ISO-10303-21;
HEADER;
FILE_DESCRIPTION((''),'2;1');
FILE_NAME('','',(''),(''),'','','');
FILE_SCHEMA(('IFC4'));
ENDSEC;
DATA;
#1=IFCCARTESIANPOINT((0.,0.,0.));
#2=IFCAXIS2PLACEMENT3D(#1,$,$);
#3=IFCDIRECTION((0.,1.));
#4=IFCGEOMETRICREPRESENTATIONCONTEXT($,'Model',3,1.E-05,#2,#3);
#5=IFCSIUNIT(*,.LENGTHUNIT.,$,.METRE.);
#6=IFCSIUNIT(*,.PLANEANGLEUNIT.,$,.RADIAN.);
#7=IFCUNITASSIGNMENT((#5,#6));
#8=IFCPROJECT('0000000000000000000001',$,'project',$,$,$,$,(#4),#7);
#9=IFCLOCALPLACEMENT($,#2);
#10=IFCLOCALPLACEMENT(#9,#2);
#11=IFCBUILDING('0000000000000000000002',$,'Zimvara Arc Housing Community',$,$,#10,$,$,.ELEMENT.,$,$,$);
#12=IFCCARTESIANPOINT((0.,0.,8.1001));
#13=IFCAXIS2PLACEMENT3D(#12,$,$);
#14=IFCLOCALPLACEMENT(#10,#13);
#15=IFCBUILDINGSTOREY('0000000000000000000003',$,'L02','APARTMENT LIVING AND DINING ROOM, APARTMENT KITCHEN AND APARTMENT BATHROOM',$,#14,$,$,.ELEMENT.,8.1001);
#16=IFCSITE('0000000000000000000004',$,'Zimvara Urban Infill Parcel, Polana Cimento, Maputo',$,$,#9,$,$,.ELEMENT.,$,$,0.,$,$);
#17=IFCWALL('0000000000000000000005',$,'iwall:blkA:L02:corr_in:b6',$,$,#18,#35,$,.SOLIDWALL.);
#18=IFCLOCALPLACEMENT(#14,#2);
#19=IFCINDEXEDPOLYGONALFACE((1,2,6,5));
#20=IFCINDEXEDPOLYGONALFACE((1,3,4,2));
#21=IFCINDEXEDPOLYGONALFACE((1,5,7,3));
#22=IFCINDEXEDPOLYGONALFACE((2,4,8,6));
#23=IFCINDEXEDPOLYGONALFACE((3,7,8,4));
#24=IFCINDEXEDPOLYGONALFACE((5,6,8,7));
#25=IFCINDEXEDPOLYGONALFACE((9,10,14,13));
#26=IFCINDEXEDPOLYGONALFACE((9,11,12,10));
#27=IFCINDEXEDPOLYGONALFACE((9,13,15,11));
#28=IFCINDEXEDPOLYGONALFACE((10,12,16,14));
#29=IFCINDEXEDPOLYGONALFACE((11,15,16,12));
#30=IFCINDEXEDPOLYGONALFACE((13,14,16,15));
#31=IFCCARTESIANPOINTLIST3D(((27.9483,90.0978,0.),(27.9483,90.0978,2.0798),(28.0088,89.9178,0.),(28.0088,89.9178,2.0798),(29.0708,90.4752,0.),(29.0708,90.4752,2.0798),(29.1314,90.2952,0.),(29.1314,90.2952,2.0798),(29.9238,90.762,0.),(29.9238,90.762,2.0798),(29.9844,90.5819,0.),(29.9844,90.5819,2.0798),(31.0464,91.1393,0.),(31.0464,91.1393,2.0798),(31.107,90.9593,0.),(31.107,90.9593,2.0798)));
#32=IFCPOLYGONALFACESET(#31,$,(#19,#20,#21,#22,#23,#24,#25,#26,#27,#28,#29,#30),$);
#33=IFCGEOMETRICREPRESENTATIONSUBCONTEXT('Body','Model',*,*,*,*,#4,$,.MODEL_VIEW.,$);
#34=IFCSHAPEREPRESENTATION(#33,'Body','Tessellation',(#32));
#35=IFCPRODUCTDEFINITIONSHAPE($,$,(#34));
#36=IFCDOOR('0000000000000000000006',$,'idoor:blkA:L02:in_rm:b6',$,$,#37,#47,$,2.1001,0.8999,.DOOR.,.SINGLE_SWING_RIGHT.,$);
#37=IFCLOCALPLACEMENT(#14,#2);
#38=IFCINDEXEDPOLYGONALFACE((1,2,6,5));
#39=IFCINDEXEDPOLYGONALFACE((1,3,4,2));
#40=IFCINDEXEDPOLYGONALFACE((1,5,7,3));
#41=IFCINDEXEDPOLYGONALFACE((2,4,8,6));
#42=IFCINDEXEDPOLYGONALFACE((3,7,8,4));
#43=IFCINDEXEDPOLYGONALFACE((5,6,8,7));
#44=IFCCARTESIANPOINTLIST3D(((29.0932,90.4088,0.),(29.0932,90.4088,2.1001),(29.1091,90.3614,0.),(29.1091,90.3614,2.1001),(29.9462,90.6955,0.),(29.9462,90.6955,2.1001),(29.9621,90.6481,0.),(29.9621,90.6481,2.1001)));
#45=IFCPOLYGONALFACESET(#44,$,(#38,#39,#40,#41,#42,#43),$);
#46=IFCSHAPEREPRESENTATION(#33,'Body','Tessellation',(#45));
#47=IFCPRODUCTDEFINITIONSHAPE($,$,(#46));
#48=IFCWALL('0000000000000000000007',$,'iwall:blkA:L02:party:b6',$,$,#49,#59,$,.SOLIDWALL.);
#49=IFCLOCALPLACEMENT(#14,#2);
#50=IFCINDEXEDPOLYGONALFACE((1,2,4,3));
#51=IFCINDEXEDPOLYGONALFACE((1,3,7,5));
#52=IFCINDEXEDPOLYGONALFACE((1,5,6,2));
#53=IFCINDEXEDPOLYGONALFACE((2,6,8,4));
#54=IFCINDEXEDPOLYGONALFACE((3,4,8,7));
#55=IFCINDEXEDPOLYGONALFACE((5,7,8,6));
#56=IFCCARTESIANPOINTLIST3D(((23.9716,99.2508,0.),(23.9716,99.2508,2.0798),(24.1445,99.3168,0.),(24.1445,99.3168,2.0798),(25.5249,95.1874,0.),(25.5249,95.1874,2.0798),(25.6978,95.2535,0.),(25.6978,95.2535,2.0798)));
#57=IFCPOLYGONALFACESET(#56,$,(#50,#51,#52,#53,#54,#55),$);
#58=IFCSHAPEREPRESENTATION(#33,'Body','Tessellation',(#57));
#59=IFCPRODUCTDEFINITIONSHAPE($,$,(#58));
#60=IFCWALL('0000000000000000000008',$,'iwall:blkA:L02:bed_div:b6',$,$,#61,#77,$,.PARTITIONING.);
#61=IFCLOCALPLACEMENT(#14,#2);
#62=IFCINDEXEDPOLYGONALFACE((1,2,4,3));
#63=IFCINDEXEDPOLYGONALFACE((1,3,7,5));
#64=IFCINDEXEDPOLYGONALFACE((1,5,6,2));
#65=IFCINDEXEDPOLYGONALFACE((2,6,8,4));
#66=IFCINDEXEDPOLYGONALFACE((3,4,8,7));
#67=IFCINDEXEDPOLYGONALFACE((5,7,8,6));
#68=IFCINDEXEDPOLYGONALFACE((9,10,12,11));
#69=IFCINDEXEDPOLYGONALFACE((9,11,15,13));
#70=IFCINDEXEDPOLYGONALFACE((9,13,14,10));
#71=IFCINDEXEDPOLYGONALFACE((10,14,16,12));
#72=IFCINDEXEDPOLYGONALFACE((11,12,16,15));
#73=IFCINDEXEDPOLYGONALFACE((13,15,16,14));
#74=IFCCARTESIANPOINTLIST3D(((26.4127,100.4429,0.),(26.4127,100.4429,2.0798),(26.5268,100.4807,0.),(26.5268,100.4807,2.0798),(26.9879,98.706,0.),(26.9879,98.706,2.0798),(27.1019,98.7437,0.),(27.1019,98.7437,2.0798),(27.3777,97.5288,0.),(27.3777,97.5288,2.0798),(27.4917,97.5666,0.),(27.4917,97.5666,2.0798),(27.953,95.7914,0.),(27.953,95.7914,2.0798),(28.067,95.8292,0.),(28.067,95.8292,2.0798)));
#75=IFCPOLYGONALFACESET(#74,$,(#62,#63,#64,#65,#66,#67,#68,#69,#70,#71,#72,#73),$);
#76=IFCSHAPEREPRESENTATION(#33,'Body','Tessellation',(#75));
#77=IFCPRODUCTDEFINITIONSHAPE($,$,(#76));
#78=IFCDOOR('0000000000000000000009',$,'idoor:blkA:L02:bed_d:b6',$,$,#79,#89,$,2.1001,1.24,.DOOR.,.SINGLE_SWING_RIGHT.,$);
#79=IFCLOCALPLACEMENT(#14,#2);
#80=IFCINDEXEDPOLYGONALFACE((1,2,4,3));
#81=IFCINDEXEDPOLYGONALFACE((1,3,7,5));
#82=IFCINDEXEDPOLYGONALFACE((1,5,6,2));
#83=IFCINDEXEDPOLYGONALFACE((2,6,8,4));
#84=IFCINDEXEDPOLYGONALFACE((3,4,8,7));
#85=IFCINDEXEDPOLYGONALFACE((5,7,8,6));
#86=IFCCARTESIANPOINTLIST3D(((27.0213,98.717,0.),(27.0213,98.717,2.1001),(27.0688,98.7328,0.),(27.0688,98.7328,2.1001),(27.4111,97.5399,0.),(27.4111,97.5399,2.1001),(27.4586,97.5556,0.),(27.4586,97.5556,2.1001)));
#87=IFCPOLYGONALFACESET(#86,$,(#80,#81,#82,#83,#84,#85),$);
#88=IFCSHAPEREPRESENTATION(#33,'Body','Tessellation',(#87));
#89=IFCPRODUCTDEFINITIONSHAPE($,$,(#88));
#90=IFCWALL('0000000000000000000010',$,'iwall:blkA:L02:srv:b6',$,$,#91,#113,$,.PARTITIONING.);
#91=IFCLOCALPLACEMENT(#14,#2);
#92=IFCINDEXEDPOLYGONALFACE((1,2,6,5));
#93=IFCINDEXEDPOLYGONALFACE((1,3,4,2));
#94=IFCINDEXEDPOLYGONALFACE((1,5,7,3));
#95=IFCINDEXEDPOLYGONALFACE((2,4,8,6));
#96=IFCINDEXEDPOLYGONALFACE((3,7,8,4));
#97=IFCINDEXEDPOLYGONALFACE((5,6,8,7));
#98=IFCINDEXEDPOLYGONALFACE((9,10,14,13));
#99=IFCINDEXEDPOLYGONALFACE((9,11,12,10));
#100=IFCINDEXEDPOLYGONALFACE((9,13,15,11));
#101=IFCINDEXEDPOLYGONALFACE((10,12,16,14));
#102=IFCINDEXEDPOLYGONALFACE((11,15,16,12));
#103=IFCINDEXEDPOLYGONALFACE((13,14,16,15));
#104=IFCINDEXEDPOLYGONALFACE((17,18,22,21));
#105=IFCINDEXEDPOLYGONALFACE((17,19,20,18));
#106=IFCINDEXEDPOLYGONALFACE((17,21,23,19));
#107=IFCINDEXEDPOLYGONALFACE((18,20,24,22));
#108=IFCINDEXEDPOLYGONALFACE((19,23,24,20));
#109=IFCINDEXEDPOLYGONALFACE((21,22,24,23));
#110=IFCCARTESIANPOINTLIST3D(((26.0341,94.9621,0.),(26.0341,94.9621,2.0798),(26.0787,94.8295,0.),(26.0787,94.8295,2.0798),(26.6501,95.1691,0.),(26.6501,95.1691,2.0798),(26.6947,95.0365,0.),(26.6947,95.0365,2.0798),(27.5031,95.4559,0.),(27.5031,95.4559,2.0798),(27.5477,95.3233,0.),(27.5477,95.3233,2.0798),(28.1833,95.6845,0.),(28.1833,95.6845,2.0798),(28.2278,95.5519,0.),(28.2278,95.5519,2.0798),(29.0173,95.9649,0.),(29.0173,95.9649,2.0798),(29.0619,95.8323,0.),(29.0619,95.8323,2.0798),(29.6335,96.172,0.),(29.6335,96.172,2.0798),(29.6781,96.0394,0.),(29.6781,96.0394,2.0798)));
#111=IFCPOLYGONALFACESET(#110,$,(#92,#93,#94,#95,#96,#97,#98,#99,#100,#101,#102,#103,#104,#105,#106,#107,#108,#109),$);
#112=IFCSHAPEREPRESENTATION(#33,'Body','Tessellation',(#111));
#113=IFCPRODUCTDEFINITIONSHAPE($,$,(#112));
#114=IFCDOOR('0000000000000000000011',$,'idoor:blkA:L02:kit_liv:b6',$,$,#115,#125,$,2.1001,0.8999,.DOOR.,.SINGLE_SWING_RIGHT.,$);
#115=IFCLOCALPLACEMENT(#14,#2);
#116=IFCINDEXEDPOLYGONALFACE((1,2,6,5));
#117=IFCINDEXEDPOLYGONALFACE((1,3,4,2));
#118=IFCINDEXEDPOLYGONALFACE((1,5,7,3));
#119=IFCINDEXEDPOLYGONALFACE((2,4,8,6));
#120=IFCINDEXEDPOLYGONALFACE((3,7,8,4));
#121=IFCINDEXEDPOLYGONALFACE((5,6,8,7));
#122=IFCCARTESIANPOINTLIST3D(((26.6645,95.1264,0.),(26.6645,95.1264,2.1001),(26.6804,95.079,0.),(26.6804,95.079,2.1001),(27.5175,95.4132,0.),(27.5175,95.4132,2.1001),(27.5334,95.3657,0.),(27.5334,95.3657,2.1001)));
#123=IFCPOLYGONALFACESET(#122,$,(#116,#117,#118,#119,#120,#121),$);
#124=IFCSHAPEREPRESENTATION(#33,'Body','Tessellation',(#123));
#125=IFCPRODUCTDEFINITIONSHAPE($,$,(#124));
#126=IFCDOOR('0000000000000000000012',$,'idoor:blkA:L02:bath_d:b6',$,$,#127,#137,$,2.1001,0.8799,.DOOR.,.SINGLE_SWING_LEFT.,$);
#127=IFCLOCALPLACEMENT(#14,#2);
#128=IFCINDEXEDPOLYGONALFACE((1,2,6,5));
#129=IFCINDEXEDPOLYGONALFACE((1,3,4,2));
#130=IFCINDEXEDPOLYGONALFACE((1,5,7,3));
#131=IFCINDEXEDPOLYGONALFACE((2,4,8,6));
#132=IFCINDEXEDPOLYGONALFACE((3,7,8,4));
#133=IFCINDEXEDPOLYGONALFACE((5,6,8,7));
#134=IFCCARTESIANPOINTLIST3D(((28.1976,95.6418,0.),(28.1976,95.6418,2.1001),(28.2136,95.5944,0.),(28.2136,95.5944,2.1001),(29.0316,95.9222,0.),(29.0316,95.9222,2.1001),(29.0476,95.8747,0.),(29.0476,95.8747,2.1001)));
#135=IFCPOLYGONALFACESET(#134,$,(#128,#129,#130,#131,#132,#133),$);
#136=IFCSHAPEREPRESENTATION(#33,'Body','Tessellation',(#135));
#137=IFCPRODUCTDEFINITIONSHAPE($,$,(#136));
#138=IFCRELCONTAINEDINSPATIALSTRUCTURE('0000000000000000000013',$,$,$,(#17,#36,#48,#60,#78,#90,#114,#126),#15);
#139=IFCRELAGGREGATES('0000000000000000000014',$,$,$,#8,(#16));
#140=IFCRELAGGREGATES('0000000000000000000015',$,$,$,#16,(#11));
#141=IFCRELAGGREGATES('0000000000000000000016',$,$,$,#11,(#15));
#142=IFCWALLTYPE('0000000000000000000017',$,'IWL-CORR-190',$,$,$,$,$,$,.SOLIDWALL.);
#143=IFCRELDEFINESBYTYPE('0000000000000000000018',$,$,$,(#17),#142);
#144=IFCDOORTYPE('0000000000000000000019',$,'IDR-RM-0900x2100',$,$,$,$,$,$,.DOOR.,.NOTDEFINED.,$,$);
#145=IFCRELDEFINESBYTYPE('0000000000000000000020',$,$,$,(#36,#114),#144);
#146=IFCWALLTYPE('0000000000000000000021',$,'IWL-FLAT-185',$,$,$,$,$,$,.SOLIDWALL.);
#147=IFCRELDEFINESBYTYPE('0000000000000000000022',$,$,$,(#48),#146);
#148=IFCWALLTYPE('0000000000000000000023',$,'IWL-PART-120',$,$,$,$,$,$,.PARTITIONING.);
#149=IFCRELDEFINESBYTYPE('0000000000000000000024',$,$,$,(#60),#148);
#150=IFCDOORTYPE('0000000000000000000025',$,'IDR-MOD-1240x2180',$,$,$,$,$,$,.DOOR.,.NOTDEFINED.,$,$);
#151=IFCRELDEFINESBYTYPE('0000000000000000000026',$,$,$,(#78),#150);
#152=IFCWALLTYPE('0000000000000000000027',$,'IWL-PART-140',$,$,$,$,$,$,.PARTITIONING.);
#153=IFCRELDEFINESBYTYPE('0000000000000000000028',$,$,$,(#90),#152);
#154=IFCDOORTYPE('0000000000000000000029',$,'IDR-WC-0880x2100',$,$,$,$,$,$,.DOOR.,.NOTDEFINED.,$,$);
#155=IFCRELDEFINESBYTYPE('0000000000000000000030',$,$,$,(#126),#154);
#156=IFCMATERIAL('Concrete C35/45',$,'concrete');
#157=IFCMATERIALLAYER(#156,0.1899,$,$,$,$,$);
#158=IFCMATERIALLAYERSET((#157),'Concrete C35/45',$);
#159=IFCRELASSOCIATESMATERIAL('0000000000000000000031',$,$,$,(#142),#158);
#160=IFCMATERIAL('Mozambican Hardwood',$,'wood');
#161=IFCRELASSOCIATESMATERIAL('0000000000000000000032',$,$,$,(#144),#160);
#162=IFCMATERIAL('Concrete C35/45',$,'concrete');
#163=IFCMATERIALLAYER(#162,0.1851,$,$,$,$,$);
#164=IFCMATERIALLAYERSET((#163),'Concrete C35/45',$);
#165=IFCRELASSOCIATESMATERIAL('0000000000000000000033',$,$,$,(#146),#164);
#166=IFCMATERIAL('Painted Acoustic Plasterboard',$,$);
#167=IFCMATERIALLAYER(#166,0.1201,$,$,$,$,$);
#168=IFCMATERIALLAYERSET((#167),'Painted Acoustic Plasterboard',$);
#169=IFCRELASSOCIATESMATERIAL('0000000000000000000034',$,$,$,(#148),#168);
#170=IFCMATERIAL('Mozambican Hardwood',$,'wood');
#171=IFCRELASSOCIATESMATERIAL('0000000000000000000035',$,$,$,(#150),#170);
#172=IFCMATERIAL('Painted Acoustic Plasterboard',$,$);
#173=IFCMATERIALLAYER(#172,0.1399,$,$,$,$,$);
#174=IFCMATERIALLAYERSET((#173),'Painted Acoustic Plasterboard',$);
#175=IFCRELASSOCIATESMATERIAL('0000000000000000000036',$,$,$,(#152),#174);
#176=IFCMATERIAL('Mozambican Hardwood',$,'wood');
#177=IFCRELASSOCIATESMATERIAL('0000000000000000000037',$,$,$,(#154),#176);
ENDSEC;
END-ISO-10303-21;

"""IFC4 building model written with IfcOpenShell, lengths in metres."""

from ifc_helpers import new_model, si_unit, direction, frame, frame_2d, origin, place, context, subcontext, project, spatial, rectangle, extrude, material, layer, layer_set, type_object, element, fill, save


model = new_model("IFC4")

# Units and contexts
model_context = context("Model", 3, precision=1e-05, world=origin(), true_north=direction((0.0, 1.0)))
body_context = subcontext(model_context, "Body", "Model", "MODEL_VIEW")
ifc_project = project(units=[si_unit("LENGTHUNIT", "METRE"), si_unit("PLANEANGLEUNIT", "RADIAN")], contexts=[model_context])

# Site, building, storey
site_placement = place(None, origin())
site = spatial("IfcSite", under=ifc_project, at=site_placement, Name="Zimvara Urban Infill Parcel, Polana Cimento, Maputo", CompositionType="ELEMENT", RefElevation=0.0)
building_placement = place(site_placement, origin())
building = spatial("IfcBuilding", under=site, at=building_placement, Name="Zimvara Arc Housing Community", CompositionType="ELEMENT")
storey_placement = place(building_placement, frame((0.0, 0.0, 8.1001)))
storey = spatial("IfcBuildingStorey", under=building, at=storey_placement, Name="L02", Description="APARTMENT LIVING AND DINING ROOM, APARTMENT KITCHEN AND APARTMENT BATHROOM", CompositionType="ELEMENT", Elevation=8.1001)

# Wall, opening, door
ifc_material_1 = material(Name="Concrete C35/45", Category="concrete")
ifc_layer_1 = layer(ifc_material_1, 0.1899)
ifc_layer_set_1 = layer_set([ifc_layer_1], Name="Concrete C35/45")
wall_type_1 = type_object("IfcWallType", Name="IWL-CORR-190", PredefinedType="SOLIDWALL", material=ifc_layer_set_1)
wall_1_placement = place(storey_placement, frame((27.9785, 90.0078, 0.0), z_axis=(0.0, 0.0, 1.0), x_axis=(0.947874, 0.318647, 0.0)))
wall_1 = element("IfcWall", 1, at=wall_1_placement, inside=storey, type_object=wall_type_1, Name="iwall:blkA:L02:corr_in:b6", PredefinedType="SOLIDWALL", context=body_context, shape_type="SweptSolid", body=[
    extrude(rectangle(XDim=3.2686, YDim=0.1899, at=frame_2d((1.6343, 0.0))), origin(), (0.0, 0.0, 1.0), 2.0798),
])
opening_1_placement = place(wall_1_placement, frame((1.1843, 0.0, 0.0)))
opening_1 = element("IfcOpeningElement", 2, at=opening_1_placement, cuts=wall_1, PredefinedType="OPENING", context=body_context, shape_type="SweptSolid", body=[
    extrude(rectangle(XDim=0.8999, YDim=2.1001, at=frame_2d((0.45, 1.05))), frame((0.0, 0.105, 0.0), z_axis=(0.0, -1.0, 0.0), x_axis=(1.0, 0.0, 0.0)), (0.0, 0.0, 1.0), 0.21),
])
ifc_material_2 = material(Name="Mozambican Hardwood", Category="wood")
door_type_1 = type_object("IfcDoorType", Name="IDR-RM-0900x2100", OperationType="NOTDEFINED", PredefinedType="DOOR", material=ifc_material_2)
door_1_placement = place(opening_1_placement, origin())
door_1 = element("IfcDoor", 3, at=door_1_placement, inside=storey, type_object=door_type_1, Name="idoor:blkA:L02:in_rm:b6", OperationType="SINGLE_SWING_RIGHT", OverallHeight=2.1001, OverallWidth=0.8999, PredefinedType="DOOR", context=body_context, shape_type="SweptSolid", body=[
    extrude(rectangle(XDim=0.8999, YDim=2.1001, at=frame_2d((0.45, 1.05))), frame((0.0, 0.0249, 0.0), z_axis=(0.0, -1.0, 0.0), x_axis=(1.0, 0.0, 0.0)), (0.0, 0.0, 1.0), 0.05),
])
fill(opening_1, door_1)

# Wall
ifc_material_3 = material(Name="Concrete C35/45", Category="concrete")
ifc_layer_2 = layer(ifc_material_3, 0.1851)
ifc_layer_set_2 = layer_set([ifc_layer_2], Name="Concrete C35/45")
wall_type_2 = type_object("IfcWallType", Name="IWL-FLAT-185", PredefinedType="SOLIDWALL", material=ifc_layer_set_2)
wall_2_placement = place(storey_placement, frame((25.6113, 95.2205, 0.0), z_axis=(0.0, 0.0, 1.0), x_axis=(-0.357064, 0.93408, 0.0)))
element("IfcWall", 4, at=wall_2_placement, inside=storey, type_object=wall_type_2, Name="iwall:blkA:L02:party:b6", PredefinedType="SOLIDWALL", context=body_context, shape_type="SweptSolid", body=[
    extrude(rectangle(XDim=4.3501, YDim=0.1851, at=frame_2d((2.175, 0.0))), origin(), (0.0, 0.0, 1.0), 2.0798),
])

# Wall, opening, door
ifc_material_4 = material(Name="Painted Acoustic Plasterboard")
ifc_layer_3 = layer(ifc_material_4, 0.1201)
ifc_layer_set_3 = layer_set([ifc_layer_3], Name="Painted Acoustic Plasterboard")
wall_type_3 = type_object("IfcWallType", Name="IWL-PART-120", PredefinedType="PARTITIONING", material=ifc_layer_set_3)
wall_3_placement = place(storey_placement, frame((28.01, 95.8103, 0.0), z_axis=(0.0, 0.0, 1.0), x_axis=(-0.314344, 0.949309, 0.0)))
wall_3 = element("IfcWall", 5, at=wall_3_placement, inside=storey, type_object=wall_type_3, Name="iwall:blkA:L02:bed_div:b6", PredefinedType="PARTITIONING", context=body_context, shape_type="SweptSolid", body=[
    extrude(rectangle(XDim=4.8999, YDim=0.1201, at=frame_2d((2.45, 0.0))), origin(), (0.0, 0.0, 1.0), 2.0798),
])
opening_2_placement = place(wall_3_placement, frame((1.8301, 0.0, 0.0)))
opening_2 = element("IfcOpeningElement", 6, at=opening_2_placement, cuts=wall_3, PredefinedType="OPENING", context=body_context, shape_type="SweptSolid", body=[
    extrude(rectangle(XDim=1.24, YDim=2.1001, at=frame_2d((0.6201, 1.05))), frame((0.0, 0.0701, 0.0), z_axis=(0.0, -1.0, 0.0), x_axis=(1.0, 0.0, 0.0)), (0.0, 0.0, 1.0), 0.1401),
])
ifc_material_5 = material(Name="Mozambican Hardwood", Category="wood")
door_type_2 = type_object("IfcDoorType", Name="IDR-MOD-1240x2180", OperationType="NOTDEFINED", PredefinedType="DOOR", material=ifc_material_5)
door_2_placement = place(opening_2_placement, origin())
door_2 = element("IfcDoor", 7, at=door_2_placement, inside=storey, type_object=door_type_2, Name="idoor:blkA:L02:bed_d:b6", OperationType="SINGLE_SWING_RIGHT", OverallHeight=2.1001, OverallWidth=1.24, PredefinedType="DOOR", context=body_context, shape_type="SweptSolid", body=[
    extrude(rectangle(XDim=1.24, YDim=2.1001, at=frame_2d((0.6201, 1.05))), frame((0.0, 0.0249, 0.0), z_axis=(0.0, -1.0, 0.0), x_axis=(1.0, 0.0, 0.0)), (0.0, 0.0, 1.0), 0.05),
])
fill(opening_2, door_2)

# Wall, openings, doors
ifc_material_6 = material(Name="Painted Acoustic Plasterboard")
ifc_layer_4 = layer(ifc_material_6, 0.1399)
ifc_layer_set_4 = layer_set([ifc_layer_4], Name="Painted Acoustic Plasterboard")
wall_type_4 = type_object("IfcWallType", Name="IWL-PART-140", PredefinedType="PARTITIONING", material=ifc_layer_set_4)
wall_4_placement = place(storey_placement, frame((26.0564, 94.8958, 0.0), z_axis=(0.0, 0.0, 1.0), x_axis=(0.947877, 0.318638, 0.0)))
wall_4 = element("IfcWall", 8, at=wall_4_placement, inside=storey, type_object=wall_type_4, Name="iwall:blkA:L02:srv:b6", PredefinedType="PARTITIONING", context=body_context, shape_type="SweptSolid", body=[
    extrude(rectangle(XDim=3.7974, YDim=0.1399, at=frame_2d((1.8987, 0.0))), origin(), (0.0, 0.0, 1.0), 2.0798),
])
opening_3_placement = place(wall_4_placement, frame((0.6499, 0.0, 0.0)))
opening_3 = element("IfcOpeningElement", 9, at=opening_3_placement, cuts=wall_4, PredefinedType="OPENING", context=body_context, shape_type="SweptSolid", body=[
    extrude(rectangle(XDim=0.8999, YDim=2.1001, at=frame_2d((0.45, 1.05))), frame((0.0, 0.0798, 0.0), z_axis=(0.0, -1.0, 0.0), x_axis=(1.0, 0.0, 0.0)), (0.0, 0.0, 1.0), 0.1599),
])
opening_4_placement = place(wall_4_placement, frame((2.2673, 0.0, 0.0)))
opening_4 = element("IfcOpeningElement", 10, at=opening_4_placement, cuts=wall_4, PredefinedType="OPENING", context=body_context, shape_type="SweptSolid", body=[
    extrude(rectangle(XDim=0.8799, YDim=2.1001, at=frame_2d((0.4399, 1.05))), frame((0.0, 0.0798, 0.0), z_axis=(0.0, -1.0, 0.0), x_axis=(1.0, 0.0, 0.0)), (0.0, 0.0, 1.0), 0.1599),
])
door_3_placement = place(opening_3_placement, origin())
door_3 = element("IfcDoor", 11, at=door_3_placement, inside=storey, type_object=door_type_1, Name="idoor:blkA:L02:kit_liv:b6", OperationType="SINGLE_SWING_RIGHT", OverallHeight=2.1001, OverallWidth=0.8999, PredefinedType="DOOR", context=body_context, shape_type="SweptSolid", body=[
    extrude(rectangle(XDim=0.8999, YDim=2.1001, at=frame_2d((0.45, 1.05))), frame((0.0, 0.0249, 0.0), z_axis=(0.0, -1.0, 0.0), x_axis=(1.0, 0.0, 0.0)), (0.0, 0.0, 1.0), 0.05),
])
fill(opening_3, door_3)
ifc_material_7 = material(Name="Mozambican Hardwood", Category="wood")
door_type_3 = type_object("IfcDoorType", Name="IDR-WC-0880x2100", OperationType="NOTDEFINED", PredefinedType="DOOR", material=ifc_material_7)
door_4_placement = place(opening_4_placement, origin())
door_4 = element("IfcDoor", 12, at=door_4_placement, inside=storey, type_object=door_type_3, Name="idoor:blkA:L02:bath_d:b6", OperationType="SINGLE_SWING_LEFT", OverallHeight=2.1001, OverallWidth=0.8799, PredefinedType="DOOR", context=body_context, shape_type="SweptSolid", body=[
    extrude(rectangle(XDim=0.8799, YDim=2.1001, at=frame_2d((0.4399, 1.05))), frame((0.0, 0.0249, 0.0), z_axis=(0.0, -1.0, 0.0), x_axis=(1.0, 0.0, 0.0)), (0.0, 0.0, 1.0), 0.05),
])
fill(opening_4, door_4)

save(model, "model.ifc")
